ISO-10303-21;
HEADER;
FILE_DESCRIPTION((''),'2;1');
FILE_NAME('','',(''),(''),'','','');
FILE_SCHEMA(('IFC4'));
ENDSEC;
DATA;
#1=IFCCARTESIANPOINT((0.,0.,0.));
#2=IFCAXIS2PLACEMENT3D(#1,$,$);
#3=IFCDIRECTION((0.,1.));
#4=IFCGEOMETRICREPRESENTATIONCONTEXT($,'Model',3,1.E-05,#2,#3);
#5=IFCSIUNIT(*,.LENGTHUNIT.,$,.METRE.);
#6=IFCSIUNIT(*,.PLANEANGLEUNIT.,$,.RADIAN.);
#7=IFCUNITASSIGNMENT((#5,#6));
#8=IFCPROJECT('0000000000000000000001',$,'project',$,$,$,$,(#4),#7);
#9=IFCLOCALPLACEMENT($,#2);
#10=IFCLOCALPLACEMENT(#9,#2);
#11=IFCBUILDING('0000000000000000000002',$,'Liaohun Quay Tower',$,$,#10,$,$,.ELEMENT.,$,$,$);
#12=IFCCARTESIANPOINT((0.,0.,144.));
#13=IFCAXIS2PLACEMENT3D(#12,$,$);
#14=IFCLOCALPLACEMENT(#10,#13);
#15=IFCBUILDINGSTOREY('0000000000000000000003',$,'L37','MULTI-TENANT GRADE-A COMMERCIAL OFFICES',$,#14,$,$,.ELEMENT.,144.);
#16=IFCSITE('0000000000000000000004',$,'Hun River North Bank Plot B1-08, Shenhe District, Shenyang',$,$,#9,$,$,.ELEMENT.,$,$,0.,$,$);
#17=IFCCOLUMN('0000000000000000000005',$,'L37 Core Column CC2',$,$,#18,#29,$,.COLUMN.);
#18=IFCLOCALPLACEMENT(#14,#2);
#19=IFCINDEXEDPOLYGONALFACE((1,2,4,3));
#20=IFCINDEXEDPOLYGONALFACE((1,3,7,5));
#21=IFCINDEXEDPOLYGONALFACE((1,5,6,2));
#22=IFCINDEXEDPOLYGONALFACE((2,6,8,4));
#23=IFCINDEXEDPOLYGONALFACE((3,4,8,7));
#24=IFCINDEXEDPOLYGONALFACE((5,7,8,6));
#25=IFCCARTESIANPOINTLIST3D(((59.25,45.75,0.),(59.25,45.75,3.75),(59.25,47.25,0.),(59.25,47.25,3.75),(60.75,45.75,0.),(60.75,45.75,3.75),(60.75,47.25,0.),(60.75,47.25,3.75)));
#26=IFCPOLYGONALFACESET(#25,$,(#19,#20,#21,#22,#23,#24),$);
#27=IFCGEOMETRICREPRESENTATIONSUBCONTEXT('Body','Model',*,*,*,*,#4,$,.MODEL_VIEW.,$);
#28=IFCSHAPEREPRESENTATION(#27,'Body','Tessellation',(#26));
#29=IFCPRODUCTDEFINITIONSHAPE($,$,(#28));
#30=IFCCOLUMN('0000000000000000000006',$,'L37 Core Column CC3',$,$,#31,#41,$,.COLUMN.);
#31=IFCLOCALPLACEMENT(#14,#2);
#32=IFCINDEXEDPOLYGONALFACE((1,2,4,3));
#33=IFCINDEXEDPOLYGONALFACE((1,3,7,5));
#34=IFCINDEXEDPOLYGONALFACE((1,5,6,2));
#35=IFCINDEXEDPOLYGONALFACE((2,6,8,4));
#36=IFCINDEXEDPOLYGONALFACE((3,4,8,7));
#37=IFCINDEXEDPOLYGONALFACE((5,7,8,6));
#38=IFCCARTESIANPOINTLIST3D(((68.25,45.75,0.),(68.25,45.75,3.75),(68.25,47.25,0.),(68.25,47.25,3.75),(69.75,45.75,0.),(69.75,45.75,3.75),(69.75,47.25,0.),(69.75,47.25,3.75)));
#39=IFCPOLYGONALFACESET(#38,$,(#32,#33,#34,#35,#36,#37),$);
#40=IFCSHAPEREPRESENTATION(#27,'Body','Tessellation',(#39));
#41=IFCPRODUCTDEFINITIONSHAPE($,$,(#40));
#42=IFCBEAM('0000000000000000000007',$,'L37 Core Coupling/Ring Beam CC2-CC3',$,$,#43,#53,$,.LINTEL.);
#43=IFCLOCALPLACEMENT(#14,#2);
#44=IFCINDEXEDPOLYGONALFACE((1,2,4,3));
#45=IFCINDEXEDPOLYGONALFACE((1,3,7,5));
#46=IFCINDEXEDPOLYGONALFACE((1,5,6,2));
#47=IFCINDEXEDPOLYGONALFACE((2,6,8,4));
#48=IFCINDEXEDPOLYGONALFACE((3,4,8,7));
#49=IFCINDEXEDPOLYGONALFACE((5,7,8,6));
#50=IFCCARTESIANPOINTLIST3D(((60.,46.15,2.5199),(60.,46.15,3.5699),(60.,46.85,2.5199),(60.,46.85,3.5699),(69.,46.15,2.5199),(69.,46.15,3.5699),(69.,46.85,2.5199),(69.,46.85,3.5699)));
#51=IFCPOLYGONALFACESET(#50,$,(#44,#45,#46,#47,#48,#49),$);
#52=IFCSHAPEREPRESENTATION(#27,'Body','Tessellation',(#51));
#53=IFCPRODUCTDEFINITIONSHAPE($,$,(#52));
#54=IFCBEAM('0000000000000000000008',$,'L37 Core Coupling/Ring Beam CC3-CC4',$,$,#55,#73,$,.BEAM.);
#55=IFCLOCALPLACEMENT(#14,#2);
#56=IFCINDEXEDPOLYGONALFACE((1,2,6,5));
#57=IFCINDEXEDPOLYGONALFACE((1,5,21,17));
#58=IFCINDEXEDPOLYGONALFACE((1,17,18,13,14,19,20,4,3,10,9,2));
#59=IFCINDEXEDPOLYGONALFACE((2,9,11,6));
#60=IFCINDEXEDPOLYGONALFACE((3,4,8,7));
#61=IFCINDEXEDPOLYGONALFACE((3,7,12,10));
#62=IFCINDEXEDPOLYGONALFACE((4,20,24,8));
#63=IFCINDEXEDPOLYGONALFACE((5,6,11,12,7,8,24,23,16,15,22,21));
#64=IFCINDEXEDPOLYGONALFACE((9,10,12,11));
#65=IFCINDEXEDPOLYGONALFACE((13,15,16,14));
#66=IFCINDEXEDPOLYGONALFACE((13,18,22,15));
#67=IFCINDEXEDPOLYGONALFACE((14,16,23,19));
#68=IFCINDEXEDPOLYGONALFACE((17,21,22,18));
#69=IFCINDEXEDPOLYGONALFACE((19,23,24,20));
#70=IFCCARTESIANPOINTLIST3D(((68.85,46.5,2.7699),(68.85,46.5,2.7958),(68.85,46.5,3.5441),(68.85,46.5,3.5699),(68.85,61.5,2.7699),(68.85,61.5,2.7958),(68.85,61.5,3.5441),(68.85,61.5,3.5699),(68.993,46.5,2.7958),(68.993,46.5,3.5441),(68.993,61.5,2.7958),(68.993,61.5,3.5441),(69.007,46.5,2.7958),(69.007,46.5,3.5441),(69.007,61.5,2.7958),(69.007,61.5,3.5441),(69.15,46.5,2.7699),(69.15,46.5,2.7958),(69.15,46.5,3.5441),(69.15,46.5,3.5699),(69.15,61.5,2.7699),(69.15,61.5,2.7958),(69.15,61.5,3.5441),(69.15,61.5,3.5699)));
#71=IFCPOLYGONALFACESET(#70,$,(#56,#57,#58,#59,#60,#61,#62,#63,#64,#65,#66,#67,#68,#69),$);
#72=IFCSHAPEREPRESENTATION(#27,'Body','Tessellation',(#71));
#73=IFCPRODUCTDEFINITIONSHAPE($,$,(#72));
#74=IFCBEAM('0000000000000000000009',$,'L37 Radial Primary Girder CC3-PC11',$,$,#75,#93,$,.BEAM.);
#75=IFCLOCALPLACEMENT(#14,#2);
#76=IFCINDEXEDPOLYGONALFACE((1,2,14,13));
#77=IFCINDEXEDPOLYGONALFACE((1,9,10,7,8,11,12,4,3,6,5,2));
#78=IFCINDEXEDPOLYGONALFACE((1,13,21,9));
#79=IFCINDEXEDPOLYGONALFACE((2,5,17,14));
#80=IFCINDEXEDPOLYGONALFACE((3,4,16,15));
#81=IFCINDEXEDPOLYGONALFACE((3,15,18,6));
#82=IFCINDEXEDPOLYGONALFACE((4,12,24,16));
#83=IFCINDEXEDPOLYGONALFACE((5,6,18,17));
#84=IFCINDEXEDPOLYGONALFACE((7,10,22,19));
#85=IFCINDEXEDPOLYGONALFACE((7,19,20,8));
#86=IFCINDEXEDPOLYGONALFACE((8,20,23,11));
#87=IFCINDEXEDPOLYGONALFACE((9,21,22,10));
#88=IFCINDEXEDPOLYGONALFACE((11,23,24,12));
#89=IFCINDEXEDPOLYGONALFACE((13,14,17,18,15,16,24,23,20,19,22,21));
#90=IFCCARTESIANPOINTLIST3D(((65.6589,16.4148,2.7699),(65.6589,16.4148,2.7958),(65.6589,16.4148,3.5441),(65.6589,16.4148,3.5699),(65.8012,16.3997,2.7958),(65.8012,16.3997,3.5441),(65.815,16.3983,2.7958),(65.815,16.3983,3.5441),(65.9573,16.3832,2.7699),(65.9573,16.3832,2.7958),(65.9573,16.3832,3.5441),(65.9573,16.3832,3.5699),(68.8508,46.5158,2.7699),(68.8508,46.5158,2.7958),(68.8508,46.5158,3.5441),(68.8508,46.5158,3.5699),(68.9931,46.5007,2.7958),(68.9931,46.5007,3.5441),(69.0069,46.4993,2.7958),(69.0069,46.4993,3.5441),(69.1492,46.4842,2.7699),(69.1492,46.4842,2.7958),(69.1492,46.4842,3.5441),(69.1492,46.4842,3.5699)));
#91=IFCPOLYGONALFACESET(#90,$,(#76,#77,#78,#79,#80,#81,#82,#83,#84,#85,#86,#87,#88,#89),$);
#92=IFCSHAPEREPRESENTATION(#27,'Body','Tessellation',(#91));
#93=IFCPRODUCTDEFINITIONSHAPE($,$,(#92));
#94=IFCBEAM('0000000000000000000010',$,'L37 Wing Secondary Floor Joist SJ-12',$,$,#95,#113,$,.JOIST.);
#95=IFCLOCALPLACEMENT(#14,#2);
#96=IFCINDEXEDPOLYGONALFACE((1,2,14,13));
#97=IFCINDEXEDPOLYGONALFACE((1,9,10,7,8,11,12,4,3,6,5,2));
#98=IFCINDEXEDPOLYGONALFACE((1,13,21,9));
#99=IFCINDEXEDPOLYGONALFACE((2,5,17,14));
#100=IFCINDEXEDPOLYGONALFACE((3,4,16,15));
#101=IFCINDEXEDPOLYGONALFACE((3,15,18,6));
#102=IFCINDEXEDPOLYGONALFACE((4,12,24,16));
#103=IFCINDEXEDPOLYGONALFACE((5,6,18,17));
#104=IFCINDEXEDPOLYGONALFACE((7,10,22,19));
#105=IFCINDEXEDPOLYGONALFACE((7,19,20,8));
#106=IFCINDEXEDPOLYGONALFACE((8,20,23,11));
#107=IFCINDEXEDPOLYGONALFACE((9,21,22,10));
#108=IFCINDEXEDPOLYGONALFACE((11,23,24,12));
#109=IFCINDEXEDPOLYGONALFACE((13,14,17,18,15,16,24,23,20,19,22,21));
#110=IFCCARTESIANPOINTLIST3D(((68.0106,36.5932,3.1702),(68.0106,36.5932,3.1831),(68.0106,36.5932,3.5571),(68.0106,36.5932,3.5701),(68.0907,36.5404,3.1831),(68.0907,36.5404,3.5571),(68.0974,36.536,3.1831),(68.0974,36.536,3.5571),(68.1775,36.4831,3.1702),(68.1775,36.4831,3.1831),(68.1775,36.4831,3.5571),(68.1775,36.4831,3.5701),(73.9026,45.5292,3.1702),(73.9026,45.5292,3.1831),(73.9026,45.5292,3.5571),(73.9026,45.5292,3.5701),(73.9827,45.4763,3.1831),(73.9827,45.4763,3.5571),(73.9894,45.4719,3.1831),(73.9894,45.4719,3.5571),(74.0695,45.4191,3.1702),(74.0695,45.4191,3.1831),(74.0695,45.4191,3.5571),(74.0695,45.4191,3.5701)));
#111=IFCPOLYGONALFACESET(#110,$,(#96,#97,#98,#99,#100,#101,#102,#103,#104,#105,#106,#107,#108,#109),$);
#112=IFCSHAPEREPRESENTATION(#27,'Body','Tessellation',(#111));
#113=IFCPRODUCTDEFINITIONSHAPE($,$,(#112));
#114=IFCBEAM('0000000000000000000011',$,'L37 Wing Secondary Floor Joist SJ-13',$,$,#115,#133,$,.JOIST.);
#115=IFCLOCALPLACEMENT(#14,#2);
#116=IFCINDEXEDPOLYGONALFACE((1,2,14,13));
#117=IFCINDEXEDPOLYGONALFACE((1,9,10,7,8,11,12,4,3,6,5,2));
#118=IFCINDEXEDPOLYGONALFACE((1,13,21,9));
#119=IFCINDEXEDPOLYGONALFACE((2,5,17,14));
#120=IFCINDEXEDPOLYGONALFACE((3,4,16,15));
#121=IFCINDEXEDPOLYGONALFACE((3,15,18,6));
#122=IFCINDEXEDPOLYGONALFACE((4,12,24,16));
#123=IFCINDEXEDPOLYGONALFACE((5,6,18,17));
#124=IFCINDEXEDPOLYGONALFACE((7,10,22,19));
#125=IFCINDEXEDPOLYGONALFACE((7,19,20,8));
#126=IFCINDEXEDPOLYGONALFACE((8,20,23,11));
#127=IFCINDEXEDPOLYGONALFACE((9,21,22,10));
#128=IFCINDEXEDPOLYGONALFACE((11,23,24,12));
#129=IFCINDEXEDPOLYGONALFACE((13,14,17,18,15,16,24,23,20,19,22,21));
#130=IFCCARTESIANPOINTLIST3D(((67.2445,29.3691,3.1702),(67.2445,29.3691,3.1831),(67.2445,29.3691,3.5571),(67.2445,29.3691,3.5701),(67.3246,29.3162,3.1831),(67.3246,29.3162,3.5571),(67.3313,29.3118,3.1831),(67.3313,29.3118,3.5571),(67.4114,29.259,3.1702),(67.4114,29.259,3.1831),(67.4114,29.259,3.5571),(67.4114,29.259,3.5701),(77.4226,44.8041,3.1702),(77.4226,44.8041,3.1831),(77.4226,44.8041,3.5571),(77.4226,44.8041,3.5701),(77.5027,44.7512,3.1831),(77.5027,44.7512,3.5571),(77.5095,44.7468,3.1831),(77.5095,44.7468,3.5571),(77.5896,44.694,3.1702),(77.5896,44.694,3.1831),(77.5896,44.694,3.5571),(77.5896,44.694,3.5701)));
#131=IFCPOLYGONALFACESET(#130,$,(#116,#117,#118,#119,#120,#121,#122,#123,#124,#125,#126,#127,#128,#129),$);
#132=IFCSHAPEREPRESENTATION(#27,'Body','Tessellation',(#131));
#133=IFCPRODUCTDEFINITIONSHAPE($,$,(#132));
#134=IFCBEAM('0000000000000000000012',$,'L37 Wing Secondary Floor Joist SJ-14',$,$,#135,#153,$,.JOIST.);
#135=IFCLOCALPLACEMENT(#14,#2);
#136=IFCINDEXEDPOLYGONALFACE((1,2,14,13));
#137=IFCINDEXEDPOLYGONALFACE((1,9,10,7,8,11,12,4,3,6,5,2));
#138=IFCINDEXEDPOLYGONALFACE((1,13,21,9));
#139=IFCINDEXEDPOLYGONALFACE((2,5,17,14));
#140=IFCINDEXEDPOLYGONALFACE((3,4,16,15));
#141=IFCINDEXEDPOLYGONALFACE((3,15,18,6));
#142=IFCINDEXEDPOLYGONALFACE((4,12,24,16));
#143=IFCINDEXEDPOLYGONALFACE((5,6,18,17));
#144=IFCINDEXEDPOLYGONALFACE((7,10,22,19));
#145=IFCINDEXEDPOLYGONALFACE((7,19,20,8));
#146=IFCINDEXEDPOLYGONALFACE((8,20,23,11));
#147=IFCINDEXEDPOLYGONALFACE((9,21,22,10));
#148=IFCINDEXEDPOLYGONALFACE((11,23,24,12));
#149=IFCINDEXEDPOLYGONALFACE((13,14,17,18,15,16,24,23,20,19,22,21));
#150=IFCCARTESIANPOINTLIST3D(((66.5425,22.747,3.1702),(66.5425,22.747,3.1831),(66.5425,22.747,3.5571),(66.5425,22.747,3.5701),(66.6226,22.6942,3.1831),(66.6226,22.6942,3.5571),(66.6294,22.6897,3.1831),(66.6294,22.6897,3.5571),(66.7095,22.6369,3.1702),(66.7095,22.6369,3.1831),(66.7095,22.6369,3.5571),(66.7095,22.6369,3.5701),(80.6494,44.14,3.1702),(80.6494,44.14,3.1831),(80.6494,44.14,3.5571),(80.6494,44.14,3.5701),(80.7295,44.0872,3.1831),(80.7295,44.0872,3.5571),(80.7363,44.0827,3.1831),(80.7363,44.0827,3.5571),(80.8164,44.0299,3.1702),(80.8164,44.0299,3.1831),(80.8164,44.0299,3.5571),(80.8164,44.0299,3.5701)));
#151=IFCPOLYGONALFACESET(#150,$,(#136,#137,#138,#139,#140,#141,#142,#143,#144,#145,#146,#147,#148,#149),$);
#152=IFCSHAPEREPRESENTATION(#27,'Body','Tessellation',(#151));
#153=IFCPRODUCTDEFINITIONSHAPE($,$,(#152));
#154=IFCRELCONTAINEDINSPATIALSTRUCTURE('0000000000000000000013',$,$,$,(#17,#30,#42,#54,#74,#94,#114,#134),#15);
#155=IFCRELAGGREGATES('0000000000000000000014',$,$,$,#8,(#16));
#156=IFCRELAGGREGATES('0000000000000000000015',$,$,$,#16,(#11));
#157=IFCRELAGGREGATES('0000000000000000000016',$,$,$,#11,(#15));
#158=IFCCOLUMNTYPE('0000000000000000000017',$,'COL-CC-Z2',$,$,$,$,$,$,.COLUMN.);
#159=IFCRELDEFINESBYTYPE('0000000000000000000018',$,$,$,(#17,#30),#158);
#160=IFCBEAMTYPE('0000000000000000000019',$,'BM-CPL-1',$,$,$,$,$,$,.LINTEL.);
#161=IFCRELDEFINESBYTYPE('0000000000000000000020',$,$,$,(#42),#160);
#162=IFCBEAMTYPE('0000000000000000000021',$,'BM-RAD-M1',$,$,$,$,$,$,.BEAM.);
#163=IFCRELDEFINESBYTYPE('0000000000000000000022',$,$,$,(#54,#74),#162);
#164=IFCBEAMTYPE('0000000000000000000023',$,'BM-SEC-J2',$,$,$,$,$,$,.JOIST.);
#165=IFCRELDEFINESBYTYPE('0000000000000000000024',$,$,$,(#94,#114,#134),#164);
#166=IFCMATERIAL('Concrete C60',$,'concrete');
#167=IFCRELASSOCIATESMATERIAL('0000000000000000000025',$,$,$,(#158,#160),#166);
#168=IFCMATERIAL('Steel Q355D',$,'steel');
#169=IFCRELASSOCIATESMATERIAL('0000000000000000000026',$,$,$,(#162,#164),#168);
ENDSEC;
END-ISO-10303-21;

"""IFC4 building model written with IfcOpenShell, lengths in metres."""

from ifc_helpers import new_model, si_unit, direction, frame, origin, origin_2d, place, context, subcontext, project, spatial, rectangle, i_section, extrude, source, transform, mapped, material, material_profile, profile_set, type_object, element, save


model = new_model("IFC4")

# Units and contexts
model_context = context("Model", 3, precision=1e-05, world=origin(), true_north=direction((0.0, 1.0)))
body_context = subcontext(model_context, "Body", "Model", "MODEL_VIEW")
ifc_project = project(units=[si_unit("LENGTHUNIT", "METRE"), si_unit("PLANEANGLEUNIT", "RADIAN")], contexts=[model_context])

# Site, building, storey
site_placement = place(None, origin())
site = spatial("IfcSite", under=ifc_project, at=site_placement, Name="Hun River North Bank Plot B1-08, Shenhe District, Shenyang", CompositionType="ELEMENT", RefElevation=0.0)
building_placement = place(site_placement, origin())
building = spatial("IfcBuilding", under=site, at=building_placement, Name="Liaohun Quay Tower", CompositionType="ELEMENT")
storey_placement = place(building_placement, frame((0.0, 0.0, 144.0)))
storey = spatial("IfcBuildingStorey", under=building, at=storey_placement, Name="L37", Description="MULTI-TENANT GRADE-A COMMERCIAL OFFICES", CompositionType="ELEMENT", Elevation=144.0)

# Columns
ifc_material_1 = material(Name="Concrete C60", Category="concrete")
ifc_material_profile_1 = material_profile(ifc_material_1, rectangle(XDim=1.5, YDim=1.5, at=origin_2d()), Name="RC1500x1500")
ifc_profile_set_1 = profile_set([ifc_material_profile_1], Name="Concrete C60")
column_type = type_object("IfcColumnType", Name="COL-CC-Z2", PredefinedType="COLUMN", material=ifc_profile_set_1)
shared_shape_1 = source(origin(), body_context, "Body", "SweptSolid", [
    extrude(rectangle(XDim=1.5, YDim=1.5, at=origin_2d()), origin(), (0.0, 0.0, 1.0), 3.75),
])
for number, where, z_axis, x_axis, name in (
    (1, (60.0, 46.5, 0.0), (0.0, 0.0, 1.0), (1.0, 0.0, 0.0), "L37 Core Column CC2"),
    (2, (69.0, 46.5, 0.0), (0.0, 0.0, 1.0), (1.0, 0.0, 0.0), "L37 Core Column CC3"),
):
    element("IfcColumn", number, at=place(storey_placement, frame(where, z_axis=z_axis, x_axis=x_axis)), inside=storey, type_object=column_type, Name=name, PredefinedType="COLUMN", context=body_context, shape_type="MappedRepresentation", body=[
        mapped(shared_shape_1, transform((0.0, 0.0, 0.0), x_axis=(1.0, 0.0, 0.0), y_axis=(0.0, 1.0, 0.0), z_axis=(0.0, 0.0, 1.0), scale=1.0)),
    ])

# Beams
ifc_material_profile_2 = material_profile(ifc_material_1, rectangle(XDim=0.7, YDim=1.05, at=origin_2d()), Name="RC700x1050")
ifc_profile_set_2 = profile_set([ifc_material_profile_2], Name="Concrete C60")
beam_type_1 = type_object("IfcBeamType", Name="BM-CPL-1", PredefinedType="LINTEL", material=ifc_profile_set_2)
shared_shape_2 = source(origin(), body_context, "Body", "SweptSolid", [
    extrude(rectangle(XDim=0.7, YDim=1.05, at=origin_2d()), origin(), (0.0, 0.0, 1.0), 9.0),
])
beam_1_placement = place(storey_placement, frame((60.0, 46.5, 3.0449), z_axis=(1.0, 0.0, 0.0), x_axis=(0.0, 1.0, 0.0)))
element("IfcBeam", 3, at=beam_1_placement, inside=storey, type_object=beam_type_1, Name="L37 Core Coupling/Ring Beam CC2-CC3", PredefinedType="LINTEL", context=body_context, shape_type="MappedRepresentation", body=[
    mapped(shared_shape_2, transform((0.0, 0.0, 0.0), x_axis=(1.0, 0.0, 0.0), y_axis=(0.0, 1.0, 0.0), z_axis=(0.0, 0.0, 1.0), scale=1.0)),
])
ifc_material_2 = material(Name="Steel Q355D", Category="steel")
ifc_material_profile_3 = material_profile(ifc_material_2, i_section(OverallWidth=0.3, OverallDepth=0.8, WebThickness=0.0139, FlangeThickness=0.0259, at=origin_2d()), Name="HN800x300x14x26")
ifc_profile_set_3 = profile_set([ifc_material_profile_3], Name="Steel Q355D")
beam_type_2 = type_object("IfcBeamType", Name="BM-RAD-M1", PredefinedType="BEAM", material=ifc_profile_set_3)
shared_shape_3 = source(origin(), body_context, "Body", "SweptSolid", [
    extrude(i_section(OverallWidth=0.3, OverallDepth=0.8, WebThickness=0.0139, FlangeThickness=0.0259, at=origin_2d()), origin(), (0.0, 0.0, 1.0), 15.0),
])
beam_2_placement = place(storey_placement, frame((69.0, 46.5, 3.1699), z_axis=(0.0, 1.0, 0.0), x_axis=(-1.0, 0.0, 0.0)))
element("IfcBeam", 4, at=beam_2_placement, inside=storey, type_object=beam_type_2, Name="L37 Core Coupling/Ring Beam CC3-CC4", PredefinedType="BEAM", context=body_context, shape_type="MappedRepresentation", body=[
    mapped(shared_shape_3, transform((0.0, 0.0, 0.0), x_axis=(1.0, 0.0, 0.0), y_axis=(0.0, 1.0, 0.0), z_axis=(0.0, 0.0, 1.0), scale=1.0)),
])
shared_shape_4 = source(origin(), body_context, "Body", "SweptSolid", [
    extrude(i_section(OverallWidth=0.3, OverallDepth=0.8, WebThickness=0.0139, FlangeThickness=0.0259, at=origin_2d()), origin(), (0.0, 0.0, 1.0), 30.2698),
])
beam_3_placement = place(storey_placement, frame((69.0, 46.5, 3.1699), z_axis=(-0.105448, -0.994425, 0.0), x_axis=(0.994425, -0.105448, 0.0)))
element("IfcBeam", 5, at=beam_3_placement, inside=storey, type_object=beam_type_2, Name="L37 Radial Primary Girder CC3-PC11", PredefinedType="BEAM", context=body_context, shape_type="MappedRepresentation", body=[
    mapped(shared_shape_4, transform((0.0, 0.0, 0.0), x_axis=(1.0, 0.0, 0.0), y_axis=(0.0, 1.0, 0.0), z_axis=(0.0, 0.0, 1.0), scale=1.0)),
])
ifc_material_profile_4 = material_profile(ifc_material_2, i_section(OverallWidth=0.2, OverallDepth=0.3999, WebThickness=0.0081, FlangeThickness=0.0129, at=origin_2d()), Name="HN400x200x8x13")
ifc_profile_set_4 = profile_set([ifc_material_profile_4], Name="Steel Q355D")
beam_type_3 = type_object("IfcBeamType", Name="BM-SEC-J2", PredefinedType="JOIST", material=ifc_profile_set_4)
shared_shape_5 = source(origin(), body_context, "Body", "SweptSolid", [
    extrude(i_section(OverallWidth=0.2, OverallDepth=0.3999, WebThickness=0.0081, FlangeThickness=0.0129, at=origin_2d()), origin(), (0.0, 0.0, 1.0), 10.7036),
])
beam_4_placement = place(storey_placement, frame((73.9861, 45.4741, 3.3701), z_axis=(-0.550472, -0.834854, 0.0), x_axis=(0.834854, -0.550472, 0.0)))
element("IfcBeam", 6, at=beam_4_placement, inside=storey, type_object=beam_type_3, Name="L37 Wing Secondary Floor Joist SJ-12", PredefinedType="JOIST", context=body_context, shape_type="MappedRepresentation", body=[
    mapped(shared_shape_5, transform((0.0, 0.0, 0.0), x_axis=(1.0, 0.0, 0.0), y_axis=(0.0, 1.0, 0.0), z_axis=(0.0, 0.0, 1.0), scale=1.0)),
])
shared_shape_6 = source(origin(), body_context, "Body", "SweptSolid", [
    extrude(i_section(OverallWidth=0.2, OverallDepth=0.3999, WebThickness=0.0081, FlangeThickness=0.0129, at=origin_2d()), origin(), (0.0, 0.0, 1.0), 18.4888),
])
beam_5_placement = place(storey_placement, frame((77.5061, 44.749, 3.3701), z_axis=(-0.550506, -0.834831, 0.0), x_axis=(0.834831, -0.550506, 0.0)))
element("IfcBeam", 7, at=beam_5_placement, inside=storey, type_object=beam_type_3, Name="L37 Wing Secondary Floor Joist SJ-13", PredefinedType="JOIST", context=body_context, shape_type="MappedRepresentation", body=[
    mapped(shared_shape_6, transform((0.0, 0.0, 0.0), x_axis=(1.0, 0.0, 0.0), y_axis=(0.0, 1.0, 0.0), z_axis=(0.0, 0.0, 1.0), scale=1.0)),
])
shared_shape_7 = source(origin(), body_context, "Body", "SweptSolid", [
    extrude(i_section(OverallWidth=0.2, OverallDepth=0.3999, WebThickness=0.0081, FlangeThickness=0.0129, at=origin_2d()), origin(), (0.0, 0.0, 1.0), 25.6255),
])
beam_6_placement = place(storey_placement, frame((80.7329, 44.085, 3.3701), z_axis=(-0.550503, -0.834833, 0.0), x_axis=(0.834833, -0.550503, 0.0)))
element("IfcBeam", 8, at=beam_6_placement, inside=storey, type_object=beam_type_3, Name="L37 Wing Secondary Floor Joist SJ-14", PredefinedType="JOIST", context=body_context, shape_type="MappedRepresentation", body=[
    mapped(shared_shape_7, transform((0.0, 0.0, 0.0), x_axis=(1.0, 0.0, 0.0), y_axis=(0.0, 1.0, 0.0), z_axis=(0.0, 0.0, 1.0), scale=1.0)),
])

save(model, "model.ifc")
